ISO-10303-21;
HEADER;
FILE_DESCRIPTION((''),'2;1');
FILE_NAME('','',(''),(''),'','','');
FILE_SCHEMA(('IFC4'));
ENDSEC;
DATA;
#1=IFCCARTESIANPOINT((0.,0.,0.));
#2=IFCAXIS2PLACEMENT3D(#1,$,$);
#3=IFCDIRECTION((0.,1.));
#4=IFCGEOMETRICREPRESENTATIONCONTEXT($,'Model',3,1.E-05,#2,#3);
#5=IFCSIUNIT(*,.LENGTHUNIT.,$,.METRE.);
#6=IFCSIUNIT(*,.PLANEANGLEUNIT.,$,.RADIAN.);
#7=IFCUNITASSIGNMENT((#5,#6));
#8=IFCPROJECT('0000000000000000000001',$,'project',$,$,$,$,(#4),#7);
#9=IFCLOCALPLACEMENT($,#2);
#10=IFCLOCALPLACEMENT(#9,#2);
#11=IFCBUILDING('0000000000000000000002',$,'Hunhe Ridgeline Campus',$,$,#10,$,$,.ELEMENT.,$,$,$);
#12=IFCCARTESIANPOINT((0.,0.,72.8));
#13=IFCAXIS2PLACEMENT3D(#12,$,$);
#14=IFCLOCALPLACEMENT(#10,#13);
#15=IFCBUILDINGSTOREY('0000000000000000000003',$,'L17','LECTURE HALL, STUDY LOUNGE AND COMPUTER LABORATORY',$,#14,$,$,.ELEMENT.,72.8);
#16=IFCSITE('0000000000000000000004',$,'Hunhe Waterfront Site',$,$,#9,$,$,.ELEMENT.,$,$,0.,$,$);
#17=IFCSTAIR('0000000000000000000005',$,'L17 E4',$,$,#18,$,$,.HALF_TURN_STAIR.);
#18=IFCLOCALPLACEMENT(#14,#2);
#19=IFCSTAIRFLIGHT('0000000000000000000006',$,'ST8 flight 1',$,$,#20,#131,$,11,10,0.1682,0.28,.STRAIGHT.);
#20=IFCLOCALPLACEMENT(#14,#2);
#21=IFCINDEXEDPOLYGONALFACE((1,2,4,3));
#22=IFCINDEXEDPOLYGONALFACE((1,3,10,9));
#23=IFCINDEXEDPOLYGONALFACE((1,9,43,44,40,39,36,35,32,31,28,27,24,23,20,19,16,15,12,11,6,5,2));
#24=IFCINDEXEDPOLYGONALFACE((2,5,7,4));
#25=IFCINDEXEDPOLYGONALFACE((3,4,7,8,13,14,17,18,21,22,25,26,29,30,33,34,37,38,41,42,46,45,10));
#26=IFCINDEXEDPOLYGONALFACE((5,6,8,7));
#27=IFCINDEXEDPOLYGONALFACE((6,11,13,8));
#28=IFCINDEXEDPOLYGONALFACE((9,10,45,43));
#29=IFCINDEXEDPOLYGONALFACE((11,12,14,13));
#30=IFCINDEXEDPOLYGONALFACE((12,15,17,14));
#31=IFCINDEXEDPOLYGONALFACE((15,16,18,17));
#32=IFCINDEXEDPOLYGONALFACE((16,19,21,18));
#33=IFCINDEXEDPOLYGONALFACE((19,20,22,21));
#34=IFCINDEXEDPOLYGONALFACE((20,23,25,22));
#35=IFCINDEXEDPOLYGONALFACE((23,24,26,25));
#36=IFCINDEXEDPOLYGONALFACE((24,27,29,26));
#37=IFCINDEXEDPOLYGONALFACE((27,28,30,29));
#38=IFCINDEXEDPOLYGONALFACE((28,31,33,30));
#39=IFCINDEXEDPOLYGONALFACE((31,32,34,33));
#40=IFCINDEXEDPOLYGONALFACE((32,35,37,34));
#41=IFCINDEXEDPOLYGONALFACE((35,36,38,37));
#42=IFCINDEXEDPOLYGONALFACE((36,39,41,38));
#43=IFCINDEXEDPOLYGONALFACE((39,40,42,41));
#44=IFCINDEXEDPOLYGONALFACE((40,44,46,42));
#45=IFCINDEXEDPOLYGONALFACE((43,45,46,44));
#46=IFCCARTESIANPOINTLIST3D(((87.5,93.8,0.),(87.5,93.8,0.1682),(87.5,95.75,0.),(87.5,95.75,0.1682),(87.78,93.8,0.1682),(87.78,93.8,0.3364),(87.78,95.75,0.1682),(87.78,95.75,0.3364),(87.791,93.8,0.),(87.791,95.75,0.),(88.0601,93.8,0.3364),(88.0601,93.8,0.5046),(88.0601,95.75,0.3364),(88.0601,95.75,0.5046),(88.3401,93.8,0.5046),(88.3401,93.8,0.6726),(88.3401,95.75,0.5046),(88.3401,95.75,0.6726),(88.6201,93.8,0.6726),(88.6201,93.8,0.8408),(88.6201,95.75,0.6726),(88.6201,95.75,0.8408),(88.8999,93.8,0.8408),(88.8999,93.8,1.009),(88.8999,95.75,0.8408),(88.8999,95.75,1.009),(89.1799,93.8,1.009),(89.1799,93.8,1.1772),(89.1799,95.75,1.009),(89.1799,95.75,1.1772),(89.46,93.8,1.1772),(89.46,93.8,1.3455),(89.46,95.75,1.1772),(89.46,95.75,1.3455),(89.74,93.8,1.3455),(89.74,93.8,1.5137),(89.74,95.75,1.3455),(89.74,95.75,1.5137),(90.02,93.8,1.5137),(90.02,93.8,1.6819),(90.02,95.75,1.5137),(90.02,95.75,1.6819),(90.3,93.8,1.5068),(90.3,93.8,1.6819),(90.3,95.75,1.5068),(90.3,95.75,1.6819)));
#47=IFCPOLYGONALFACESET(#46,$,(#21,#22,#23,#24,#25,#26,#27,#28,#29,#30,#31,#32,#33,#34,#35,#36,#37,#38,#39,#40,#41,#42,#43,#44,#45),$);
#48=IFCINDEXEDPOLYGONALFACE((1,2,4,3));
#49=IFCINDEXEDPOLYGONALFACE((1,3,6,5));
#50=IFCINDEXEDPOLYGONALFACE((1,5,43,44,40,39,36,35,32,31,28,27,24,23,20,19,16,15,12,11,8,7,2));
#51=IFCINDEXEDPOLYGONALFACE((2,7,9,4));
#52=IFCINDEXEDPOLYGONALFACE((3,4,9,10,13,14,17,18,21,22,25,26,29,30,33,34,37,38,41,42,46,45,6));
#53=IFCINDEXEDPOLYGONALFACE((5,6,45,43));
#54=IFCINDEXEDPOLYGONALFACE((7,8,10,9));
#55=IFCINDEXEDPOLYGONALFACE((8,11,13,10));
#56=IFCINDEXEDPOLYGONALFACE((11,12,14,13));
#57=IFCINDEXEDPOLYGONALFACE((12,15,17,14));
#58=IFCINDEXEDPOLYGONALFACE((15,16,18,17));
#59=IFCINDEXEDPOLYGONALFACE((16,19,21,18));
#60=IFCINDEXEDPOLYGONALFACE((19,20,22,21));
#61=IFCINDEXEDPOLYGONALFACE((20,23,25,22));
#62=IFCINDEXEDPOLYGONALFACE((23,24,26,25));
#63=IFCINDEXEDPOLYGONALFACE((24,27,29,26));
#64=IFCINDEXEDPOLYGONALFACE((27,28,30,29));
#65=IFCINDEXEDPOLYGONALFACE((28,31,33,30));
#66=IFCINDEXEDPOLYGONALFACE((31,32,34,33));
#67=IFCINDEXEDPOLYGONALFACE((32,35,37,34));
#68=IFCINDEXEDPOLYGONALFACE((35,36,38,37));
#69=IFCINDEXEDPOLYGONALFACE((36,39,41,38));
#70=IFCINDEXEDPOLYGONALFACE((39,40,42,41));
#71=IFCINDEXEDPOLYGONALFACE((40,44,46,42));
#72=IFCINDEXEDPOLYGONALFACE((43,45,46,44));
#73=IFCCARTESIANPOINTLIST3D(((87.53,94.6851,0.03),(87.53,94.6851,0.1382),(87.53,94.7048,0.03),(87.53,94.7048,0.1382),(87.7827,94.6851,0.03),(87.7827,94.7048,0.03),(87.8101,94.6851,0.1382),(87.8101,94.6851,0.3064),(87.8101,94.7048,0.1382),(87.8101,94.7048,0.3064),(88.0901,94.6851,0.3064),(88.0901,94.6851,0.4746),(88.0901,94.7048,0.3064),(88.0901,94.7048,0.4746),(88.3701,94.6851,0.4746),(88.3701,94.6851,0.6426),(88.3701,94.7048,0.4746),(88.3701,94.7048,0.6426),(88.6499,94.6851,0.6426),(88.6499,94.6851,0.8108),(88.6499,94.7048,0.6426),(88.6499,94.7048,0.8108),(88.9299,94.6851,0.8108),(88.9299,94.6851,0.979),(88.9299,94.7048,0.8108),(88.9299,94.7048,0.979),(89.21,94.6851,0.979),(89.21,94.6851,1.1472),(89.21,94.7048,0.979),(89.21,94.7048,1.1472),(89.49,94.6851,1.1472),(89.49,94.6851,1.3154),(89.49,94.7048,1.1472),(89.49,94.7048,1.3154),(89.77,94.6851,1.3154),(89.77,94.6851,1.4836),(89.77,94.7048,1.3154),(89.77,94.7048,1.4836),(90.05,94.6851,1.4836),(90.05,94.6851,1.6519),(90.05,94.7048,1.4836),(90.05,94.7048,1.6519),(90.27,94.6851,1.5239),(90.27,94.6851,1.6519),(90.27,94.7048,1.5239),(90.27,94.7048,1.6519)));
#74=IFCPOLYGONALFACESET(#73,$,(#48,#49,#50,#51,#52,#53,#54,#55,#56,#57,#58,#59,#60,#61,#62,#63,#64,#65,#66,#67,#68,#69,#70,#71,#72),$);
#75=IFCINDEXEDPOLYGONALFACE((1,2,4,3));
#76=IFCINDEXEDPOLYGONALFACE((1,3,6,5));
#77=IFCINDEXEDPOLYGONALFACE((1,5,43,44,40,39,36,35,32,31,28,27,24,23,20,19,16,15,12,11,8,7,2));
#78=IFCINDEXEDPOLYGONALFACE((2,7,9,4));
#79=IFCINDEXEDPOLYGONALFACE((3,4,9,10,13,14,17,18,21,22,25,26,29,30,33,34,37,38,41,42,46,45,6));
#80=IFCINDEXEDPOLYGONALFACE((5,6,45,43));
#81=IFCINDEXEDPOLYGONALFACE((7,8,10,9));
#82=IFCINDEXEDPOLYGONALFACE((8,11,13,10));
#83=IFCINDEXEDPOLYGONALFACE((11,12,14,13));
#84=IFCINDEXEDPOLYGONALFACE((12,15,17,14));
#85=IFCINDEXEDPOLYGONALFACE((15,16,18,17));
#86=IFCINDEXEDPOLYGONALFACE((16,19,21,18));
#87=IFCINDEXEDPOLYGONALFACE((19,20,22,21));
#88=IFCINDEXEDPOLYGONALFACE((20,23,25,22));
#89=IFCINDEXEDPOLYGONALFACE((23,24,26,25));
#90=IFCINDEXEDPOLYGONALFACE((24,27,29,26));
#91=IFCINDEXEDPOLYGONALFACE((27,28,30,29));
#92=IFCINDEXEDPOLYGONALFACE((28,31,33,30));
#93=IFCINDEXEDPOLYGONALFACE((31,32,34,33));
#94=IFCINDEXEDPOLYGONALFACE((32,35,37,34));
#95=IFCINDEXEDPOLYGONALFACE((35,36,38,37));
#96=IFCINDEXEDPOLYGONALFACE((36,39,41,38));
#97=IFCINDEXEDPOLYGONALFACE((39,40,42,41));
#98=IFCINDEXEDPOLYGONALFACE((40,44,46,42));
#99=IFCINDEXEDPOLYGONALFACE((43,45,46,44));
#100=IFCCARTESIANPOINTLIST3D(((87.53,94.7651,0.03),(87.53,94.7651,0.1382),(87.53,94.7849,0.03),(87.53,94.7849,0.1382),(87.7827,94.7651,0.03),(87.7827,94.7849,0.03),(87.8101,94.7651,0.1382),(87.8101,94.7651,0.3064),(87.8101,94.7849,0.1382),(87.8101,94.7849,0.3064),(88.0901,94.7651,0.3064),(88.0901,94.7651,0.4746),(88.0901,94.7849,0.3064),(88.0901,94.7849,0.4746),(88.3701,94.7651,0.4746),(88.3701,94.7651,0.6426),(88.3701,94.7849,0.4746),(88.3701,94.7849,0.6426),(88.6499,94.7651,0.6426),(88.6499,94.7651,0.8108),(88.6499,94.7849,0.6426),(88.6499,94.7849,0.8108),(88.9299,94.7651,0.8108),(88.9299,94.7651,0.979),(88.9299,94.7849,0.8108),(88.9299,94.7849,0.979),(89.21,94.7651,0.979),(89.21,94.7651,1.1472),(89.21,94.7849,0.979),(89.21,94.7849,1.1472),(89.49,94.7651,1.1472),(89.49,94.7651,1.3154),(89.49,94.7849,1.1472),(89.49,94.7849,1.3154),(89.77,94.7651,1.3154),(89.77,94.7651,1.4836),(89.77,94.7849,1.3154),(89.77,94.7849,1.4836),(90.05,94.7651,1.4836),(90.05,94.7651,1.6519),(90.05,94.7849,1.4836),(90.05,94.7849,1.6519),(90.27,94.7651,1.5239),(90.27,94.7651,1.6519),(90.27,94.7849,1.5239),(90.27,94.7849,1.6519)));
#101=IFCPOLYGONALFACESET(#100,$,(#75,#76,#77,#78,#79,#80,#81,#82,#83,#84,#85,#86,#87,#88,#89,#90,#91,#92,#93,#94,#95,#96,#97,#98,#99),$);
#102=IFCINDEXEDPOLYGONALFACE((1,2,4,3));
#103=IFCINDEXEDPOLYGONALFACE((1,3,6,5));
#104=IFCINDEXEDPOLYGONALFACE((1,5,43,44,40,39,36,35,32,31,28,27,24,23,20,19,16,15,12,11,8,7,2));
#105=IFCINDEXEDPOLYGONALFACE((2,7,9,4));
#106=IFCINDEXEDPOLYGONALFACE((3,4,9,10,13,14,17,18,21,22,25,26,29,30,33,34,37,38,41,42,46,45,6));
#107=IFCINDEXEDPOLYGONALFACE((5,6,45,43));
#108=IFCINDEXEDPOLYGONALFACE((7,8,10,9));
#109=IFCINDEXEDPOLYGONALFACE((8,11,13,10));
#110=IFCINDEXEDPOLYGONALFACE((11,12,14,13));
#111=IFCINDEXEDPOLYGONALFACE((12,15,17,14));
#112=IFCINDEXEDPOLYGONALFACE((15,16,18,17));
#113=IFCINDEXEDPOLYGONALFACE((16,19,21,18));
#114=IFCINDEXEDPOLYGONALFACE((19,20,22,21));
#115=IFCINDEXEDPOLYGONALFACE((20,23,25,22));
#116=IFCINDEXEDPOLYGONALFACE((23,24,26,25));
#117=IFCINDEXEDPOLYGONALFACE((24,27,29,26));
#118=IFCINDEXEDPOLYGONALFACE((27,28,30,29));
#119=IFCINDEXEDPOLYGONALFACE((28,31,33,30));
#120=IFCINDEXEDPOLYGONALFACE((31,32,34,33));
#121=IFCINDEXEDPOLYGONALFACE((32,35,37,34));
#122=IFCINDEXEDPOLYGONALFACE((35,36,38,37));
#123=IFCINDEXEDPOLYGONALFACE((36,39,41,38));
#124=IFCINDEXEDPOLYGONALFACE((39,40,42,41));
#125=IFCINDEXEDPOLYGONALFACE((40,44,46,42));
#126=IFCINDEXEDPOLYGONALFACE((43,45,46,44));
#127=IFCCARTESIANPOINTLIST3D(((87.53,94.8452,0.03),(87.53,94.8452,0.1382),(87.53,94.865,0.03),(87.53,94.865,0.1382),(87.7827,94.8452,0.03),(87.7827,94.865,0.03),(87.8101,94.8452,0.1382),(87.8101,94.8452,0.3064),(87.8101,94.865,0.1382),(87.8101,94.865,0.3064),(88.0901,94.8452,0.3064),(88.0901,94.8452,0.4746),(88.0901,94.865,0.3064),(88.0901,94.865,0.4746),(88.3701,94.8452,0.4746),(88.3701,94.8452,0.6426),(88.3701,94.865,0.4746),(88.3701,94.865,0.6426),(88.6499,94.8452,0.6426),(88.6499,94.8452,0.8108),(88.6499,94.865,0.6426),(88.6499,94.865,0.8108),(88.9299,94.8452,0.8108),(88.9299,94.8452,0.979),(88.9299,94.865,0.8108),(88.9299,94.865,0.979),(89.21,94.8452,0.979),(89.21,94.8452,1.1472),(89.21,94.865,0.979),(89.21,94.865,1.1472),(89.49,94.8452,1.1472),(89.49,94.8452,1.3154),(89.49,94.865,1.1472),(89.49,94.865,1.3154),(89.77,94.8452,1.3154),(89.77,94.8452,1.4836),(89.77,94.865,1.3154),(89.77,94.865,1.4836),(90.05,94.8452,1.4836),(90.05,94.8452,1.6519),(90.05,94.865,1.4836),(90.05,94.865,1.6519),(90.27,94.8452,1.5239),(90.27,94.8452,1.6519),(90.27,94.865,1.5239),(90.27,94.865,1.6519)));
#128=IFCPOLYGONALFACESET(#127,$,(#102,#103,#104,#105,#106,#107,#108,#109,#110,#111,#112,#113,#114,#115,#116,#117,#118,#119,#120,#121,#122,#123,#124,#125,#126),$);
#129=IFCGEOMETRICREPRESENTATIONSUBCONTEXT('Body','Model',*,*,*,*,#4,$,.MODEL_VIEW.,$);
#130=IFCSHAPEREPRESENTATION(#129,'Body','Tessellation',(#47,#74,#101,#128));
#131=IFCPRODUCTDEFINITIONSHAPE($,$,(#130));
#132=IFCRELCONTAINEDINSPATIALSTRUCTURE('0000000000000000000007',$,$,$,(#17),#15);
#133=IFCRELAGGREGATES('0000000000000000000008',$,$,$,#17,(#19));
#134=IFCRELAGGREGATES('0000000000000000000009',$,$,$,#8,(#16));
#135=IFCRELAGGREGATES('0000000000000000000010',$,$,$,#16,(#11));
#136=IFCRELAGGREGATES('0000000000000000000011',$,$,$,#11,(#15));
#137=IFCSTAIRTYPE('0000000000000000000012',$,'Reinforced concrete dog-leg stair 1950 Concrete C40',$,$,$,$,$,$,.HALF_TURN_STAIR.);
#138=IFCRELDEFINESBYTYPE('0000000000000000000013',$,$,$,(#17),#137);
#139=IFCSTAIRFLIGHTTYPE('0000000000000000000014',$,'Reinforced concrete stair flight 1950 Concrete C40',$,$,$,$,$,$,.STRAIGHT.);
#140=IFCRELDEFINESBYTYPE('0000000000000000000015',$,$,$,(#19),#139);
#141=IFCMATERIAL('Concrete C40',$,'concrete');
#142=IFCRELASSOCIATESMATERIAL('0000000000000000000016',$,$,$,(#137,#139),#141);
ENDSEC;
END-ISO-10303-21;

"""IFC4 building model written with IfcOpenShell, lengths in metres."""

from ifc_helpers import new_model, si_unit, direction, frame, origin, place, context, subcontext, project, spatial, polyline, outline, extrude, material, type_object, element, aggregate, save


model = new_model("IFC4")

# Units and contexts
model_context = context("Model", 3, precision=1e-05, world=origin(), true_north=direction((0.0, 1.0)))
body_context = subcontext(model_context, "Body", "Model", "MODEL_VIEW")
ifc_project = project(units=[si_unit("LENGTHUNIT", "METRE"), si_unit("PLANEANGLEUNIT", "RADIAN")], contexts=[model_context])

# Site, building, storey
site_placement = place(None, origin())
site = spatial("IfcSite", under=ifc_project, at=site_placement, Name="Hunhe Waterfront Site", CompositionType="ELEMENT", RefElevation=0.0)
building_placement = place(site_placement, origin())
building = spatial("IfcBuilding", under=site, at=building_placement, Name="Hunhe Ridgeline Campus", CompositionType="ELEMENT")
storey_placement = place(building_placement, frame((0.0, 0.0, 72.8)))
storey = spatial("IfcBuildingStorey", under=building, at=storey_placement, Name="L17", Description="LECTURE HALL, STUDY LOUNGE AND COMPUTER LABORATORY", CompositionType="ELEMENT", Elevation=72.8)

# Stair, stair flight
ifc_material_1 = material(Name="Concrete C40", Category="concrete")
stair_type = type_object("IfcStairType", Name="Reinforced concrete dog-leg stair 1950 Concrete C40", PredefinedType="HALF_TURN_STAIR", material=ifc_material_1)
stair_placement = place(storey_placement, origin())
stair = element("IfcStair", 1, at=stair_placement, inside=storey, type_object=stair_type, Name="L17 E4", PredefinedType="HALF_TURN_STAIR")
stair_flight_type = type_object("IfcStairFlightType", Name="Reinforced concrete stair flight 1950 Concrete C40", PredefinedType="STRAIGHT", material=ifc_material_1)
stair_flight_1_placement = place(storey_placement, frame((87.5, 94.7749, 0.0), z_axis=(0.0, 0.0, 1.0), x_axis=(1.0, 0.0, 0.0)))
stair_flight_1 = element("IfcStairFlight", 2, at=stair_flight_1_placement, type_object=stair_flight_type, Name="ST8 flight 1", NumberOfRisers=11, NumberOfTreads=10, PredefinedType="STRAIGHT", RiserHeight=0.1682, TreadLength=0.28, context=body_context, shape_type="SweptSolid", body=[
    extrude(outline(polyline([(0.0, 0.0), (0.0, 0.1682), (0.28, 0.1682), (0.28, 0.3364), (0.5601, 0.3364), (0.5601, 0.5046), (0.8401, 0.5046), (0.8401, 0.6726), (1.1201, 0.6726), (1.1201, 0.8408), (1.3999, 0.8408), (1.3999, 1.009), (1.6799, 1.009), (1.6799, 1.1772), (1.96, 1.1772), (1.96, 1.3455), (2.24, 1.3455), (2.24, 1.5137), (2.52, 1.5137), (2.52, 1.6819), (2.8, 1.6819), (2.8, 1.8501), (2.8, 1.5068), (0.291, 0.0), (0.0, 0.0)])), frame((0.0, 0.9751, 0.0), z_axis=(0.0, -1.0, 0.0), x_axis=(1.0, 0.0, 0.0)), (0.0, 0.0, 1.0), 1.95),
    extrude(outline(polyline([(0.03, 0.03), (0.03, 0.1382), (0.3101, 0.1382), (0.3101, 0.3064), (0.5901, 0.3064), (0.5901, 0.4746), (0.8701, 0.4746), (0.8701, 0.6426), (1.1499, 0.6426), (1.1499, 0.8108), (1.4299, 0.8108), (1.4299, 0.979), (1.71, 0.979), (1.71, 1.1472), (1.99, 1.1472), (1.99, 1.3154), (2.27, 1.3154), (2.27, 1.4836), (2.55, 1.4836), (2.55, 1.6519), (2.77, 1.6519), (2.77, 1.5239), (0.2827, 0.03), (0.03, 0.03)])), frame((0.0, -0.0701, 0.0), z_axis=(0.0, -1.0, 0.0), x_axis=(1.0, 0.0, 0.0)), (0.0, 0.0, 1.0), 0.0198),
    extrude(outline(polyline([(0.03, 0.03), (0.03, 0.1382), (0.3101, 0.1382), (0.3101, 0.3064), (0.5901, 0.3064), (0.5901, 0.4746), (0.8701, 0.4746), (0.8701, 0.6426), (1.1499, 0.6426), (1.1499, 0.8108), (1.4299, 0.8108), (1.4299, 0.979), (1.71, 0.979), (1.71, 1.1472), (1.99, 1.1472), (1.99, 1.3154), (2.27, 1.3154), (2.27, 1.4836), (2.55, 1.4836), (2.55, 1.6519), (2.77, 1.6519), (2.77, 1.5239), (0.2827, 0.03), (0.03, 0.03)])), frame((0.0, 0.01, 0.0), z_axis=(0.0, -1.0, 0.0), x_axis=(1.0, 0.0, 0.0)), (0.0, 0.0, 1.0), 0.0198),
    extrude(outline(polyline([(0.03, 0.03), (0.03, 0.1382), (0.3101, 0.1382), (0.3101, 0.3064), (0.5901, 0.3064), (0.5901, 0.4746), (0.8701, 0.4746), (0.8701, 0.6426), (1.1499, 0.6426), (1.1499, 0.8108), (1.4299, 0.8108), (1.4299, 0.979), (1.71, 0.979), (1.71, 1.1472), (1.99, 1.1472), (1.99, 1.3154), (2.27, 1.3154), (2.27, 1.4836), (2.55, 1.4836), (2.55, 1.6519), (2.77, 1.6519), (2.77, 1.5239), (0.2827, 0.03), (0.03, 0.03)])), frame((0.0, 0.0901, 0.0), z_axis=(0.0, -1.0, 0.0), x_axis=(1.0, 0.0, 0.0)), (0.0, 0.0, 1.0), 0.0198),
])
aggregate(stair, [stair_flight_1])

save(model, "model.ifc")
